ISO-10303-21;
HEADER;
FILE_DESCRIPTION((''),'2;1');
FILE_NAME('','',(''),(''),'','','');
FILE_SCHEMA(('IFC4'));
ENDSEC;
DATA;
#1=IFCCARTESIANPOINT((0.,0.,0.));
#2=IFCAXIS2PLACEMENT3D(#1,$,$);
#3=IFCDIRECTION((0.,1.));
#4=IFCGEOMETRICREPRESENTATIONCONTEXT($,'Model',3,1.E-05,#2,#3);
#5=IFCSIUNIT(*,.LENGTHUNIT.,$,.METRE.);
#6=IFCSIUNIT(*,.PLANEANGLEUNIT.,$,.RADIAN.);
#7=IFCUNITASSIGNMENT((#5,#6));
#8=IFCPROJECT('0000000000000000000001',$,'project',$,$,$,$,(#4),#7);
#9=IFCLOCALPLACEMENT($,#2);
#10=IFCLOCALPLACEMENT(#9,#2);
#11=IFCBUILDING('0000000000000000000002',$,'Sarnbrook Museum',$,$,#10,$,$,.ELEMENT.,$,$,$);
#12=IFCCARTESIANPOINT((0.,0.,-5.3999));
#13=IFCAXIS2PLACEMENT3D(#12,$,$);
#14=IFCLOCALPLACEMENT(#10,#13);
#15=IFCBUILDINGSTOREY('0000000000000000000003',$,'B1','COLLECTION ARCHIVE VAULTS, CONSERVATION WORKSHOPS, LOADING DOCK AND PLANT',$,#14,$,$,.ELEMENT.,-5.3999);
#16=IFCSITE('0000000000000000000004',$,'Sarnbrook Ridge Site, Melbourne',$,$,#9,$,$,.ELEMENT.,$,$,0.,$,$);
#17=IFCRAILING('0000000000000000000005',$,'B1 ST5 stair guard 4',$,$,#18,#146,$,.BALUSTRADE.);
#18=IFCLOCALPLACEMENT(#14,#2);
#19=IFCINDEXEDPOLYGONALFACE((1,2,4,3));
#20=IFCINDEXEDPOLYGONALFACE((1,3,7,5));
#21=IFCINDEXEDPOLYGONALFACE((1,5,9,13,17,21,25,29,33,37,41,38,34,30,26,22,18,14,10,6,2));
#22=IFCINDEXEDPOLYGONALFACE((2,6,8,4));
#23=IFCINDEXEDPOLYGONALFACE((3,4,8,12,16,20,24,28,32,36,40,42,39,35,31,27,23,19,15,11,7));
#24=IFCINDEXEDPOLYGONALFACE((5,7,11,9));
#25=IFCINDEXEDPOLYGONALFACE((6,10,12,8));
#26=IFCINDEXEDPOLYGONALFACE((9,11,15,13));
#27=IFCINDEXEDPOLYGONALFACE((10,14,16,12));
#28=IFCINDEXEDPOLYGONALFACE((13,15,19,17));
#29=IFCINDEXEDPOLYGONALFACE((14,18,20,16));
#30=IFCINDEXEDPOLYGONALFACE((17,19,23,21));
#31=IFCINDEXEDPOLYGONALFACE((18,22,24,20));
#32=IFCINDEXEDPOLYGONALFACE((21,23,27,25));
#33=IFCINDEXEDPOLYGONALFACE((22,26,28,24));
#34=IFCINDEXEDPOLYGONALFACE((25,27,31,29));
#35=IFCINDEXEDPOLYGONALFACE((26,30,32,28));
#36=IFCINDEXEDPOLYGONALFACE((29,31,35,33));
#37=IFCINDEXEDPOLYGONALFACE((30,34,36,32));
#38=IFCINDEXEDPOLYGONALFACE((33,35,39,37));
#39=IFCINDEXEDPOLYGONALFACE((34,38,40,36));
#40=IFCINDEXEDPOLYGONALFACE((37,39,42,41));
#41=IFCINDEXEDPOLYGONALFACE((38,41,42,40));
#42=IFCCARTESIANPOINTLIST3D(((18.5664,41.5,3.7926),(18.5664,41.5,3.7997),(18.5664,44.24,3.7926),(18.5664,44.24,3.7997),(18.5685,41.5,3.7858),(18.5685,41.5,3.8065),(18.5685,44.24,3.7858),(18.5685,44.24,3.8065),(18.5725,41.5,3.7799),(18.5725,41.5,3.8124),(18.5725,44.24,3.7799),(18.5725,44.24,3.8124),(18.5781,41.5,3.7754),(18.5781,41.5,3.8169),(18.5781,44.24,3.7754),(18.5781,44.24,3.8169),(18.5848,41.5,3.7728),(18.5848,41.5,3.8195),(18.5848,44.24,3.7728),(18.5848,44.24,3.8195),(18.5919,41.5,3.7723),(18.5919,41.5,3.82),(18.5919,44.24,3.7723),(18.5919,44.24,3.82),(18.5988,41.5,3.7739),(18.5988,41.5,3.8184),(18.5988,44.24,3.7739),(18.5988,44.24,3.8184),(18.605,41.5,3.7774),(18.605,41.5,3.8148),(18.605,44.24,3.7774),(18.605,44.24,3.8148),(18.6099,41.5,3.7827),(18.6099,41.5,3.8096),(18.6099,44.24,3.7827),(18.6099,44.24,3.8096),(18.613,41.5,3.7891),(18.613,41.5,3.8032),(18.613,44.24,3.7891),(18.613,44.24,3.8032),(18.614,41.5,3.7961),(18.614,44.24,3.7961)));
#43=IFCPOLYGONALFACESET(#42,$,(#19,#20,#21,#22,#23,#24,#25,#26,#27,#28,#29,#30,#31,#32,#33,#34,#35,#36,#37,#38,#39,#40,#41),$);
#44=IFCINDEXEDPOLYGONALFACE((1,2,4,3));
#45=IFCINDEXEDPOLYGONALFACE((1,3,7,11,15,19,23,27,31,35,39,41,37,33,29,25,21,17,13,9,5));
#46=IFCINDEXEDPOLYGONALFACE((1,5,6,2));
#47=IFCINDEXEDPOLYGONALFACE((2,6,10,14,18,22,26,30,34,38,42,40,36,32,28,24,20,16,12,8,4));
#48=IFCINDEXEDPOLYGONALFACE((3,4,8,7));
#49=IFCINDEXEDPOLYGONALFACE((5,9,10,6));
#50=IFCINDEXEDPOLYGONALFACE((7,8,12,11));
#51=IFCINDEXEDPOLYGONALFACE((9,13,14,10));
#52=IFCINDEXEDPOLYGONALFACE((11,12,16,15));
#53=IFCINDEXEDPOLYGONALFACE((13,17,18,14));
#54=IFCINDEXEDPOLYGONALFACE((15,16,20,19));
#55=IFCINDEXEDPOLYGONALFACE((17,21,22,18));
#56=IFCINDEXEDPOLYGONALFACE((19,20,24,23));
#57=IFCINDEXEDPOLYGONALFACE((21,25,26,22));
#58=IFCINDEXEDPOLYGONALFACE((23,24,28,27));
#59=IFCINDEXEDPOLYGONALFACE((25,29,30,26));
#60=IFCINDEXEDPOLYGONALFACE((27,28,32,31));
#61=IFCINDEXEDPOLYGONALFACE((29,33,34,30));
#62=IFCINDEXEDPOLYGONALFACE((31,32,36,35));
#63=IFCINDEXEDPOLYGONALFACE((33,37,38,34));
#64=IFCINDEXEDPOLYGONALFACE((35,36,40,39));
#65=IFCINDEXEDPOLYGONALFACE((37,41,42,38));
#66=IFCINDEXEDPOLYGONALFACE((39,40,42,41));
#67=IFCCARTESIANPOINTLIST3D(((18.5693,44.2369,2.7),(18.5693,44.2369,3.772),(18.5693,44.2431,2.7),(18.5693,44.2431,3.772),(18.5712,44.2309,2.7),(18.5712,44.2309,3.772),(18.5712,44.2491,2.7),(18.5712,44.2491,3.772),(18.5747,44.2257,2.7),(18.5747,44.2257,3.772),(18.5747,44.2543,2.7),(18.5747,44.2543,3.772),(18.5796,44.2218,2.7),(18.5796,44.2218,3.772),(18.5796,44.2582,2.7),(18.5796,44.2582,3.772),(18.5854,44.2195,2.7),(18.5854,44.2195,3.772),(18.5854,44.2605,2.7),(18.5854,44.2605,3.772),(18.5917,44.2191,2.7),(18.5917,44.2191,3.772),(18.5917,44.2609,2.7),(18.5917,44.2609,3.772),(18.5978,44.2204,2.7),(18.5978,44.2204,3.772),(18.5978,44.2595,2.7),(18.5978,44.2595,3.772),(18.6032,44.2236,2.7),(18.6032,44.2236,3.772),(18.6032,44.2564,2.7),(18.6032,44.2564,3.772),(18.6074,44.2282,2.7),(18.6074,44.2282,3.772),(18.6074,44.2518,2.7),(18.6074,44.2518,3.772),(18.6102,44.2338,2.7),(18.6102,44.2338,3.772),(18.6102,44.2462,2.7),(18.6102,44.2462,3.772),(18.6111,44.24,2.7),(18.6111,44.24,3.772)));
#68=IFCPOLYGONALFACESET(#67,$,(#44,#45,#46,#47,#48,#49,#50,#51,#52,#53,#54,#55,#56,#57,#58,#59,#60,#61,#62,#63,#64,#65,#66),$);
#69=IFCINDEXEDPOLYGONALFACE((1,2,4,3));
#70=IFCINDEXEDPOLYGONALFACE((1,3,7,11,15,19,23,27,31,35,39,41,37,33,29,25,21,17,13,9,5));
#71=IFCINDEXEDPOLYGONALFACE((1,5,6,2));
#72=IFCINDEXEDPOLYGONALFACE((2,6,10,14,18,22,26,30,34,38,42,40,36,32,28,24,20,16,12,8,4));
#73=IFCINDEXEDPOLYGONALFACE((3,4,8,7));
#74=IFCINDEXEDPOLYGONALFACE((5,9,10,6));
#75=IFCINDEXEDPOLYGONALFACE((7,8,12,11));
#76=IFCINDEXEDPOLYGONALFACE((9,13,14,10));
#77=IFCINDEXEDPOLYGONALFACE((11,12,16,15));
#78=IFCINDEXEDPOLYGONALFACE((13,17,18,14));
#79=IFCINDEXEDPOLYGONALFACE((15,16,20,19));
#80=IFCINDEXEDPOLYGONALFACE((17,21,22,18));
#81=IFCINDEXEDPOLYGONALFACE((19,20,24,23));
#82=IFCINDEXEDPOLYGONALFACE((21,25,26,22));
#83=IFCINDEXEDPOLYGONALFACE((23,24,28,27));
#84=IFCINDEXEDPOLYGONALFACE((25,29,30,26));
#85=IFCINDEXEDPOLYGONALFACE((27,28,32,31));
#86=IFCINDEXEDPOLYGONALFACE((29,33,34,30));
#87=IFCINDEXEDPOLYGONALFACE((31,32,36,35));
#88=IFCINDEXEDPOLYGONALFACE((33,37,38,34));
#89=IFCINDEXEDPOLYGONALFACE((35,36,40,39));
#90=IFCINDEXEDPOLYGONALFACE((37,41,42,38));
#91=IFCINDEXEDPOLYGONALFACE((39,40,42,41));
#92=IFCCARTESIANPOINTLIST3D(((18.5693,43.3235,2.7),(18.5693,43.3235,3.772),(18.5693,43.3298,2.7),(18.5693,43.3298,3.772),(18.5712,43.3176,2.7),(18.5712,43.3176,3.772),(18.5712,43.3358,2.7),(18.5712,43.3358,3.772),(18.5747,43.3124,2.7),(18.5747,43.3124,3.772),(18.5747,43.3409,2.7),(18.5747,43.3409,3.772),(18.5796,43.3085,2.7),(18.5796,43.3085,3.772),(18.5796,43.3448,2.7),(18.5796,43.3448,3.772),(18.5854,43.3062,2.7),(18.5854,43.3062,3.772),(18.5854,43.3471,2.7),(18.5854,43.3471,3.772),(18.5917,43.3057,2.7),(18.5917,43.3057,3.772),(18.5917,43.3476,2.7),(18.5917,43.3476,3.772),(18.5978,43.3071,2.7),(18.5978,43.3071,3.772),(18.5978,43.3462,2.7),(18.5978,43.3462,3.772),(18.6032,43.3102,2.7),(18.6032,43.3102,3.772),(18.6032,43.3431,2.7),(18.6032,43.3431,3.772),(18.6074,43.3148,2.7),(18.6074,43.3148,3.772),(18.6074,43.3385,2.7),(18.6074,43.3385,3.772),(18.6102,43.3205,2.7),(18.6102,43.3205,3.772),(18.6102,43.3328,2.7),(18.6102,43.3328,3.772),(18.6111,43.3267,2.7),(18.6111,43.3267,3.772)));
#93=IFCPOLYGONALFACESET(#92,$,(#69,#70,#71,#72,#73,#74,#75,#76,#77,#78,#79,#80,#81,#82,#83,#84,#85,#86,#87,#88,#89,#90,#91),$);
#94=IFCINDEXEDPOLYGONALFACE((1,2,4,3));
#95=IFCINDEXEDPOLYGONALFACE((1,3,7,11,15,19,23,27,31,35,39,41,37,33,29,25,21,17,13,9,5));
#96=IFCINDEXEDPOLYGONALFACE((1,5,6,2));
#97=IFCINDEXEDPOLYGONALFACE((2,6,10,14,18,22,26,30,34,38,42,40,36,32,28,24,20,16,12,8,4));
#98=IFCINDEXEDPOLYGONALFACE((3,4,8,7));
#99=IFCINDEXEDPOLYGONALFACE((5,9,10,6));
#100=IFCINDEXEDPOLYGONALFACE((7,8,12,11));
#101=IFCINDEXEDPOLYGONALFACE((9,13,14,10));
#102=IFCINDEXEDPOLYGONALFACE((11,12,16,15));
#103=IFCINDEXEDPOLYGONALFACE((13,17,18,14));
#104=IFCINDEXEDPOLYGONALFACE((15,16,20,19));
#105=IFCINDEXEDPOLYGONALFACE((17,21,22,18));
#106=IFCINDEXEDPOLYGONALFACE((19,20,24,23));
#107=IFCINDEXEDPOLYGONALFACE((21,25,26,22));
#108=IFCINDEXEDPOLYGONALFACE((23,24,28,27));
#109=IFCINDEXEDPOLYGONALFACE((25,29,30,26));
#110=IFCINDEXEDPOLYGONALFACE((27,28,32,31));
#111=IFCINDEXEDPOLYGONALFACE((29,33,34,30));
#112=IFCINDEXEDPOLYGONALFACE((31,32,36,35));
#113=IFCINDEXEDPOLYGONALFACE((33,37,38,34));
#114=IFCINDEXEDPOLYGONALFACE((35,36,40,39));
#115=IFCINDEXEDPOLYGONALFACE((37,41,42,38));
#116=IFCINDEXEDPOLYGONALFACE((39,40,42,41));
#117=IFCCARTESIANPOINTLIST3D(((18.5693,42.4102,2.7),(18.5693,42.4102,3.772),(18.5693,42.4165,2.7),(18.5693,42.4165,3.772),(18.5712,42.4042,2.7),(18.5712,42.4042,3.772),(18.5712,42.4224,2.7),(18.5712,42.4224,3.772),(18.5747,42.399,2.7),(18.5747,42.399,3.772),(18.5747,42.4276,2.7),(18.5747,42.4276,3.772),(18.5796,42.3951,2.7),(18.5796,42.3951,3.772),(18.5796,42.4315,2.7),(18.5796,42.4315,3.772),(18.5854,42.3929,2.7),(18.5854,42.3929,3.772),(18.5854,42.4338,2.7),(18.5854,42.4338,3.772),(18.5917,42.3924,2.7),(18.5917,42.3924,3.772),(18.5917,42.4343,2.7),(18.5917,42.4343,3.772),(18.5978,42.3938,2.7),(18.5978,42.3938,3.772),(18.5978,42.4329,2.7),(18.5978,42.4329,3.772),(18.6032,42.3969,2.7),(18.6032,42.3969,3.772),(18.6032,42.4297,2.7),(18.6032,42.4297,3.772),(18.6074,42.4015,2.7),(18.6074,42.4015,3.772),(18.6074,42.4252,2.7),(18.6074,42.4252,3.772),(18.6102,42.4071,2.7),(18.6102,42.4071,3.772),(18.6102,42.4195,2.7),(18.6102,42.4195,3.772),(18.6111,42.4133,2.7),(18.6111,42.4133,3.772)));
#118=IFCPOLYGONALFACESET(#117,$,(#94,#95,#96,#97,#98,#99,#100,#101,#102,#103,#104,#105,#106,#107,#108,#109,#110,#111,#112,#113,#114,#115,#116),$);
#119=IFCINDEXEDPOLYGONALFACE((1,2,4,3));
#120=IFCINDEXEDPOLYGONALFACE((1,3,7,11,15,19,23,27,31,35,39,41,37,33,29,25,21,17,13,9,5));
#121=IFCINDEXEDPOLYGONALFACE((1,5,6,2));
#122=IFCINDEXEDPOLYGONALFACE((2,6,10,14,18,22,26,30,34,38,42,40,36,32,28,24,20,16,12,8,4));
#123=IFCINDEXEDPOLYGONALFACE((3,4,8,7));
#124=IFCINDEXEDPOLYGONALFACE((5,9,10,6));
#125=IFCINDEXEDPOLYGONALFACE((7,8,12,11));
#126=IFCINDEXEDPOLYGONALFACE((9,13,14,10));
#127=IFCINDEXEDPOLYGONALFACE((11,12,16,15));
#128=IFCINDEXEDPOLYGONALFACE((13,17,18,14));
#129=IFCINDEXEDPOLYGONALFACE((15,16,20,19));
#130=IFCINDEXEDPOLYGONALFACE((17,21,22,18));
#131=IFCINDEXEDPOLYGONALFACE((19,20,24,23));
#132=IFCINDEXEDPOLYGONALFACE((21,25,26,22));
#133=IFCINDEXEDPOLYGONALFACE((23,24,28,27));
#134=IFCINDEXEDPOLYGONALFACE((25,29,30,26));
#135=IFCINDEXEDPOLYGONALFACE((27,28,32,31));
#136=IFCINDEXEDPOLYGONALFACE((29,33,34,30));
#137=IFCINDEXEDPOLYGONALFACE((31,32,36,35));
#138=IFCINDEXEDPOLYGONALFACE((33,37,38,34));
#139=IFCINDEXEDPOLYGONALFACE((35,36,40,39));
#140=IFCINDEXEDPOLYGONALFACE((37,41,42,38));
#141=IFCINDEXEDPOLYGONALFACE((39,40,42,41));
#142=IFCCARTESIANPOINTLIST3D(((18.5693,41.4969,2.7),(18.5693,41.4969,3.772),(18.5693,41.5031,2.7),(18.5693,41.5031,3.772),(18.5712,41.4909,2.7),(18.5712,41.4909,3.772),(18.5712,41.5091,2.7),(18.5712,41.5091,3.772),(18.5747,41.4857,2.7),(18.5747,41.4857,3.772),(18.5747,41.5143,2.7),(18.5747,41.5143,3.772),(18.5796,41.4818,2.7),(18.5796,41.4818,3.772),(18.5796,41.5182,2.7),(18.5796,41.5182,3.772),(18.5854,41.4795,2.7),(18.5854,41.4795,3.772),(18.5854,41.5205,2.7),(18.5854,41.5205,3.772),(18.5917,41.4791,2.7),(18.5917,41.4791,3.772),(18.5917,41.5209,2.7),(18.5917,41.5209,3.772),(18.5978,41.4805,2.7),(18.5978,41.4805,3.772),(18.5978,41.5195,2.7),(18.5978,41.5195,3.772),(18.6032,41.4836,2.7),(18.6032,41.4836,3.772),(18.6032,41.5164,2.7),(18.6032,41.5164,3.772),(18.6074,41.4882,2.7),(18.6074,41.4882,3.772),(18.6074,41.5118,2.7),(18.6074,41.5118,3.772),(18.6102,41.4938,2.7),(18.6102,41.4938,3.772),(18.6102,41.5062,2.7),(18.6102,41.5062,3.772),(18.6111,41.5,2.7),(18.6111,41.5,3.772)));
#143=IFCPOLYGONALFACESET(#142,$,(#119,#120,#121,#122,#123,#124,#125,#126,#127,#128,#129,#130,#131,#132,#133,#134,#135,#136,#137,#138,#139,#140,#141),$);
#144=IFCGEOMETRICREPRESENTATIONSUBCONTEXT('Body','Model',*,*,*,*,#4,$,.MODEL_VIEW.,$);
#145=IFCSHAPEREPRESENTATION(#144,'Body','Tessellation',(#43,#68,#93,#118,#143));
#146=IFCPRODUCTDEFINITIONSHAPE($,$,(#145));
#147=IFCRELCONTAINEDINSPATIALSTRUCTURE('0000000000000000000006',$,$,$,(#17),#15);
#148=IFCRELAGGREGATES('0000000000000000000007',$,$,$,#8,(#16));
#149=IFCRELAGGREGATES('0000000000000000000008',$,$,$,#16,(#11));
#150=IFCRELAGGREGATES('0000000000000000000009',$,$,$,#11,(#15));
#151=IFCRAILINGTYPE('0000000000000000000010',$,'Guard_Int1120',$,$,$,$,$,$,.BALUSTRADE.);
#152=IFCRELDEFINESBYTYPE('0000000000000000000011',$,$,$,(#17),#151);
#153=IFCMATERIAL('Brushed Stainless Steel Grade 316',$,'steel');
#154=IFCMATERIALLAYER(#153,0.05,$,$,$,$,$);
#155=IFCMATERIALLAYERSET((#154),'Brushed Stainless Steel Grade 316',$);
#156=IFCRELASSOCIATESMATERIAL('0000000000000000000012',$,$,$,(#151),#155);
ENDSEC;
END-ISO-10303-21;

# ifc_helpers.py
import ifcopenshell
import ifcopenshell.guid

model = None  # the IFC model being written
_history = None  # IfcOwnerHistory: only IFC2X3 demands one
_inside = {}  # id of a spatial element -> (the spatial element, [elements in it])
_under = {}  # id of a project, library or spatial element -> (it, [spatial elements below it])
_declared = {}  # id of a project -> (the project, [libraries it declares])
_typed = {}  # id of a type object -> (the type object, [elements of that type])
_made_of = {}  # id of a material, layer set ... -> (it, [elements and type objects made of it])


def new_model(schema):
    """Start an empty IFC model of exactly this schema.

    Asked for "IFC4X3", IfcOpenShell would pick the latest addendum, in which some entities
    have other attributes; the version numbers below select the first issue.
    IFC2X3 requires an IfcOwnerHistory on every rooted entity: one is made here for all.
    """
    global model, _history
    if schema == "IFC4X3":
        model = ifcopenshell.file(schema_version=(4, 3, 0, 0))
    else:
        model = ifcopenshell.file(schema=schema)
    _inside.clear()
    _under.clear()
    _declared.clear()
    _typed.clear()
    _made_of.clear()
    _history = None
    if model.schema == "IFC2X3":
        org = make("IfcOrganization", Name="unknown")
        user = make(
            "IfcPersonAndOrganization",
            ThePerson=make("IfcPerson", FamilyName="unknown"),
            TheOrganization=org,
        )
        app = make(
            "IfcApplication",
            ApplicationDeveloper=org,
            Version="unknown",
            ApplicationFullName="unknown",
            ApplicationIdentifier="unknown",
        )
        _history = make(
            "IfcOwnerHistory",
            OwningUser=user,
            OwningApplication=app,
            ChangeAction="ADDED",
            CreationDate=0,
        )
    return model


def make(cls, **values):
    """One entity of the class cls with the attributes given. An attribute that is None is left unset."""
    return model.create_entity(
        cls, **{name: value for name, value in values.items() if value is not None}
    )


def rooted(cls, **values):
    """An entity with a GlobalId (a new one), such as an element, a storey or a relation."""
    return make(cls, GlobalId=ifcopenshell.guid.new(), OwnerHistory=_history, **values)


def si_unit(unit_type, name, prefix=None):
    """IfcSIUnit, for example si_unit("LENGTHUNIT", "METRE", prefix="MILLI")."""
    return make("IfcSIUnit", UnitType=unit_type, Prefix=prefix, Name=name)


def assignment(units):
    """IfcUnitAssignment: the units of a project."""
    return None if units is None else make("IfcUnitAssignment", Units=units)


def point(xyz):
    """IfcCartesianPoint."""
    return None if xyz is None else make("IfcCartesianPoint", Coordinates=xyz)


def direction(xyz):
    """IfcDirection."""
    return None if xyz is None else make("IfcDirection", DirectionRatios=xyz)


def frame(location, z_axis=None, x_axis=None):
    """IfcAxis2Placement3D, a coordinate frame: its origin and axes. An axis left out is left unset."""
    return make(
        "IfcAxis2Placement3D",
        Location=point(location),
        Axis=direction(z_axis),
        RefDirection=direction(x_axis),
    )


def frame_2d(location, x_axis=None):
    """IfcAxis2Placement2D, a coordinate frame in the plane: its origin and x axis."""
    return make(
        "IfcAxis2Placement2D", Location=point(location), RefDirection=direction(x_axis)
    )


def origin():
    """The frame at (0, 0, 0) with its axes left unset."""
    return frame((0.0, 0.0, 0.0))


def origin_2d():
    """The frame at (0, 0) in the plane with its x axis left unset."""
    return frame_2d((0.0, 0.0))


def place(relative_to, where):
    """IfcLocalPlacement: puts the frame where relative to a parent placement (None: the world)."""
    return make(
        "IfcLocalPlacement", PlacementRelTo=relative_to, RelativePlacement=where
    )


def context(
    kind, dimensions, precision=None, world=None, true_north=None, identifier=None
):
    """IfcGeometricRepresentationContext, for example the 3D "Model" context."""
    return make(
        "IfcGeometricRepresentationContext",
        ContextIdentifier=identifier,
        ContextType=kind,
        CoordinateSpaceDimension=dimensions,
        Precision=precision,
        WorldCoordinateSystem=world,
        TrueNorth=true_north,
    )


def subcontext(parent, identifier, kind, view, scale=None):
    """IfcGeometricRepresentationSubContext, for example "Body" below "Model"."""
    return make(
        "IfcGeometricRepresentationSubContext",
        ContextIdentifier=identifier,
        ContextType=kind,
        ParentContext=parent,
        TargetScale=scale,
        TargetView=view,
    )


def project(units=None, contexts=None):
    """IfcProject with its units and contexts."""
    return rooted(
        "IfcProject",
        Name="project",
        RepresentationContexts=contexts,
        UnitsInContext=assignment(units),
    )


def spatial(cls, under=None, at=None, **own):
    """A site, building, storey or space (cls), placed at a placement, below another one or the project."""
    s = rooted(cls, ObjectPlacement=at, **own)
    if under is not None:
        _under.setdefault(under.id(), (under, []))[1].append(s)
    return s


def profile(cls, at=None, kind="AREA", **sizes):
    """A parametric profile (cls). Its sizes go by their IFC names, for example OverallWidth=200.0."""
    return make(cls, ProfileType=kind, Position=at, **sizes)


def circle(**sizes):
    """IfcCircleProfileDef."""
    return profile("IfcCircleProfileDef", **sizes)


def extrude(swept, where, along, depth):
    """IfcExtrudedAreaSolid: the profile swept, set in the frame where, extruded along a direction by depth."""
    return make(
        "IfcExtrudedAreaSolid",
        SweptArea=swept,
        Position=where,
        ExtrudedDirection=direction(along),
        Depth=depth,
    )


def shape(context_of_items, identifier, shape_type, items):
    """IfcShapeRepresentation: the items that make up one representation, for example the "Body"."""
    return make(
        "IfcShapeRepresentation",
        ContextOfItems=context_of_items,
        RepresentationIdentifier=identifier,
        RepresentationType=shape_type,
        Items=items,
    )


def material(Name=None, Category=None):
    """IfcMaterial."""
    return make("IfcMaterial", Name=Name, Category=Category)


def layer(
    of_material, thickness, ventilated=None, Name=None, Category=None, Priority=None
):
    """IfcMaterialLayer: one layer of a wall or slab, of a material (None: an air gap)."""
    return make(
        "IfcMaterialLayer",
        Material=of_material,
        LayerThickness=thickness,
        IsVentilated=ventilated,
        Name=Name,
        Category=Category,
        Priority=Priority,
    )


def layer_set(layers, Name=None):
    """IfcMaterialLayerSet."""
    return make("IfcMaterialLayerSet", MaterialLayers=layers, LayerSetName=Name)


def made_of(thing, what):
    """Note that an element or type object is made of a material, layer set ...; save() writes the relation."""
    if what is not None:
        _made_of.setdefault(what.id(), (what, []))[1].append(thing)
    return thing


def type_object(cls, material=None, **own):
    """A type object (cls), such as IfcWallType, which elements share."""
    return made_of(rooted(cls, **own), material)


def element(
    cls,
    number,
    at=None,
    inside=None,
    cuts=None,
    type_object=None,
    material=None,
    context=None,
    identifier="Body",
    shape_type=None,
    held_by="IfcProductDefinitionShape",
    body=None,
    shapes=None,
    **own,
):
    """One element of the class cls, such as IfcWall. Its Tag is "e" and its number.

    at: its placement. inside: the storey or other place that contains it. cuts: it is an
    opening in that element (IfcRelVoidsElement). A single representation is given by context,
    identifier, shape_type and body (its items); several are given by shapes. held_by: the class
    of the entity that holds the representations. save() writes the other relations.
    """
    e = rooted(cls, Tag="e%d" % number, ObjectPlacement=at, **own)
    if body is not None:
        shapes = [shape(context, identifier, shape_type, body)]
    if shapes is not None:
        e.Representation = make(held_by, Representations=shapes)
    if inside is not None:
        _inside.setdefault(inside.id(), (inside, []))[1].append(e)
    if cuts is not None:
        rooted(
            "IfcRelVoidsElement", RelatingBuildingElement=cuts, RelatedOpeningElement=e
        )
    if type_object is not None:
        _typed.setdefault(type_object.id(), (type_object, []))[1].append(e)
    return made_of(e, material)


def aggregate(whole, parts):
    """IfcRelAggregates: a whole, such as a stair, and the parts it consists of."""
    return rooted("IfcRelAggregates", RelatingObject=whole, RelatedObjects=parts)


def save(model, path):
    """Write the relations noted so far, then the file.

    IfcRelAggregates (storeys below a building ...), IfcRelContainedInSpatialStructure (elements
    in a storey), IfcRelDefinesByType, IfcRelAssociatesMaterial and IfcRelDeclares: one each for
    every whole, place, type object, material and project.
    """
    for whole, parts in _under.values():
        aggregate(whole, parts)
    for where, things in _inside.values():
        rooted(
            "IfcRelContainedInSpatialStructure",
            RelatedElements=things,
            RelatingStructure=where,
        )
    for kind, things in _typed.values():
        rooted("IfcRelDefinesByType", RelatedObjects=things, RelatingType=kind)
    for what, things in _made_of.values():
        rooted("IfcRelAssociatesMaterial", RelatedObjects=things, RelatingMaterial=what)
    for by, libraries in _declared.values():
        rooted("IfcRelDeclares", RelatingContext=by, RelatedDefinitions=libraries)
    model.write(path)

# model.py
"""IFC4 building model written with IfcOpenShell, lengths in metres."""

from ifc_helpers import new_model, si_unit, direction, frame, origin, origin_2d, place, context, subcontext, project, spatial, circle, extrude, material, layer, layer_set, type_object, element, save


model = new_model("IFC4")

# Units and contexts
model_context = context("Model", 3, precision=1e-05, world=origin(), true_north=direction((0.0, 1.0)))
body_context = subcontext(model_context, "Body", "Model", "MODEL_VIEW")
ifc_project = project(units=[si_unit("LENGTHUNIT", "METRE"), si_unit("PLANEANGLEUNIT", "RADIAN")], contexts=[model_context])

# Site, building, storey
site_placement = place(None, origin())
site = spatial("IfcSite", under=ifc_project, at=site_placement, Name="Sarnbrook Ridge Site, Melbourne", CompositionType="ELEMENT", RefElevation=0.0)
building_placement = place(site_placement, origin())
building = spatial("IfcBuilding", under=site, at=building_placement, Name="Sarnbrook Museum", CompositionType="ELEMENT")
storey_placement = place(building_placement, frame((0.0, 0.0, -5.3999)))
storey = spatial("IfcBuildingStorey", under=building, at=storey_placement, Name="B1", Description="COLLECTION ARCHIVE VAULTS, CONSERVATION WORKSHOPS, LOADING DOCK AND PLANT", CompositionType="ELEMENT", Elevation=-5.3999)

# Railing
ifc_material_1 = material(Name="Brushed Stainless Steel Grade 316", Category="steel")
ifc_layer_1 = layer(ifc_material_1, 0.05)
ifc_layer_set_1 = layer_set([ifc_layer_1], Name="Brushed Stainless Steel Grade 316")
railing_type_1 = type_object("IfcRailingType", Name="Guard_Int1120", PredefinedType="BALUSTRADE", material=ifc_layer_set_1)
for number, where, name in (
    (1, (18.5901, 44.24, 2.7), "B1 ST5 stair guard 4"),
):
    element("IfcRailing", number, at=place(storey_placement, frame(where)), inside=storey, type_object=railing_type_1, Name=name, PredefinedType="BALUSTRADE", context=body_context, shape_type="SweptSolid", body=[
        extrude(circle(Radius=0.0239, at=origin_2d()), frame((0.0, 0.0, 1.0962), z_axis=(0.0, -1.0, 0.0), x_axis=(1.0, 0.0, 0.0)), (0.0, 0.0, 1.0), 2.74),
        extrude(circle(Radius=0.021, at=origin_2d()), origin(), (0.0, 0.0, 1.0), 1.072),
        extrude(circle(Radius=0.021, at=origin_2d()), frame((0.0, -0.9133, 0.0)), (0.0, 0.0, 1.0), 1.072),
        extrude(circle(Radius=0.021, at=origin_2d()), frame((0.0, -1.8267, 0.0)), (0.0, 0.0, 1.0), 1.072),
        extrude(circle(Radius=0.021, at=origin_2d()), frame((0.0, -2.74, 0.0)), (0.0, 0.0, 1.0), 1.072),
    ])

save(model, "model.ifc")
